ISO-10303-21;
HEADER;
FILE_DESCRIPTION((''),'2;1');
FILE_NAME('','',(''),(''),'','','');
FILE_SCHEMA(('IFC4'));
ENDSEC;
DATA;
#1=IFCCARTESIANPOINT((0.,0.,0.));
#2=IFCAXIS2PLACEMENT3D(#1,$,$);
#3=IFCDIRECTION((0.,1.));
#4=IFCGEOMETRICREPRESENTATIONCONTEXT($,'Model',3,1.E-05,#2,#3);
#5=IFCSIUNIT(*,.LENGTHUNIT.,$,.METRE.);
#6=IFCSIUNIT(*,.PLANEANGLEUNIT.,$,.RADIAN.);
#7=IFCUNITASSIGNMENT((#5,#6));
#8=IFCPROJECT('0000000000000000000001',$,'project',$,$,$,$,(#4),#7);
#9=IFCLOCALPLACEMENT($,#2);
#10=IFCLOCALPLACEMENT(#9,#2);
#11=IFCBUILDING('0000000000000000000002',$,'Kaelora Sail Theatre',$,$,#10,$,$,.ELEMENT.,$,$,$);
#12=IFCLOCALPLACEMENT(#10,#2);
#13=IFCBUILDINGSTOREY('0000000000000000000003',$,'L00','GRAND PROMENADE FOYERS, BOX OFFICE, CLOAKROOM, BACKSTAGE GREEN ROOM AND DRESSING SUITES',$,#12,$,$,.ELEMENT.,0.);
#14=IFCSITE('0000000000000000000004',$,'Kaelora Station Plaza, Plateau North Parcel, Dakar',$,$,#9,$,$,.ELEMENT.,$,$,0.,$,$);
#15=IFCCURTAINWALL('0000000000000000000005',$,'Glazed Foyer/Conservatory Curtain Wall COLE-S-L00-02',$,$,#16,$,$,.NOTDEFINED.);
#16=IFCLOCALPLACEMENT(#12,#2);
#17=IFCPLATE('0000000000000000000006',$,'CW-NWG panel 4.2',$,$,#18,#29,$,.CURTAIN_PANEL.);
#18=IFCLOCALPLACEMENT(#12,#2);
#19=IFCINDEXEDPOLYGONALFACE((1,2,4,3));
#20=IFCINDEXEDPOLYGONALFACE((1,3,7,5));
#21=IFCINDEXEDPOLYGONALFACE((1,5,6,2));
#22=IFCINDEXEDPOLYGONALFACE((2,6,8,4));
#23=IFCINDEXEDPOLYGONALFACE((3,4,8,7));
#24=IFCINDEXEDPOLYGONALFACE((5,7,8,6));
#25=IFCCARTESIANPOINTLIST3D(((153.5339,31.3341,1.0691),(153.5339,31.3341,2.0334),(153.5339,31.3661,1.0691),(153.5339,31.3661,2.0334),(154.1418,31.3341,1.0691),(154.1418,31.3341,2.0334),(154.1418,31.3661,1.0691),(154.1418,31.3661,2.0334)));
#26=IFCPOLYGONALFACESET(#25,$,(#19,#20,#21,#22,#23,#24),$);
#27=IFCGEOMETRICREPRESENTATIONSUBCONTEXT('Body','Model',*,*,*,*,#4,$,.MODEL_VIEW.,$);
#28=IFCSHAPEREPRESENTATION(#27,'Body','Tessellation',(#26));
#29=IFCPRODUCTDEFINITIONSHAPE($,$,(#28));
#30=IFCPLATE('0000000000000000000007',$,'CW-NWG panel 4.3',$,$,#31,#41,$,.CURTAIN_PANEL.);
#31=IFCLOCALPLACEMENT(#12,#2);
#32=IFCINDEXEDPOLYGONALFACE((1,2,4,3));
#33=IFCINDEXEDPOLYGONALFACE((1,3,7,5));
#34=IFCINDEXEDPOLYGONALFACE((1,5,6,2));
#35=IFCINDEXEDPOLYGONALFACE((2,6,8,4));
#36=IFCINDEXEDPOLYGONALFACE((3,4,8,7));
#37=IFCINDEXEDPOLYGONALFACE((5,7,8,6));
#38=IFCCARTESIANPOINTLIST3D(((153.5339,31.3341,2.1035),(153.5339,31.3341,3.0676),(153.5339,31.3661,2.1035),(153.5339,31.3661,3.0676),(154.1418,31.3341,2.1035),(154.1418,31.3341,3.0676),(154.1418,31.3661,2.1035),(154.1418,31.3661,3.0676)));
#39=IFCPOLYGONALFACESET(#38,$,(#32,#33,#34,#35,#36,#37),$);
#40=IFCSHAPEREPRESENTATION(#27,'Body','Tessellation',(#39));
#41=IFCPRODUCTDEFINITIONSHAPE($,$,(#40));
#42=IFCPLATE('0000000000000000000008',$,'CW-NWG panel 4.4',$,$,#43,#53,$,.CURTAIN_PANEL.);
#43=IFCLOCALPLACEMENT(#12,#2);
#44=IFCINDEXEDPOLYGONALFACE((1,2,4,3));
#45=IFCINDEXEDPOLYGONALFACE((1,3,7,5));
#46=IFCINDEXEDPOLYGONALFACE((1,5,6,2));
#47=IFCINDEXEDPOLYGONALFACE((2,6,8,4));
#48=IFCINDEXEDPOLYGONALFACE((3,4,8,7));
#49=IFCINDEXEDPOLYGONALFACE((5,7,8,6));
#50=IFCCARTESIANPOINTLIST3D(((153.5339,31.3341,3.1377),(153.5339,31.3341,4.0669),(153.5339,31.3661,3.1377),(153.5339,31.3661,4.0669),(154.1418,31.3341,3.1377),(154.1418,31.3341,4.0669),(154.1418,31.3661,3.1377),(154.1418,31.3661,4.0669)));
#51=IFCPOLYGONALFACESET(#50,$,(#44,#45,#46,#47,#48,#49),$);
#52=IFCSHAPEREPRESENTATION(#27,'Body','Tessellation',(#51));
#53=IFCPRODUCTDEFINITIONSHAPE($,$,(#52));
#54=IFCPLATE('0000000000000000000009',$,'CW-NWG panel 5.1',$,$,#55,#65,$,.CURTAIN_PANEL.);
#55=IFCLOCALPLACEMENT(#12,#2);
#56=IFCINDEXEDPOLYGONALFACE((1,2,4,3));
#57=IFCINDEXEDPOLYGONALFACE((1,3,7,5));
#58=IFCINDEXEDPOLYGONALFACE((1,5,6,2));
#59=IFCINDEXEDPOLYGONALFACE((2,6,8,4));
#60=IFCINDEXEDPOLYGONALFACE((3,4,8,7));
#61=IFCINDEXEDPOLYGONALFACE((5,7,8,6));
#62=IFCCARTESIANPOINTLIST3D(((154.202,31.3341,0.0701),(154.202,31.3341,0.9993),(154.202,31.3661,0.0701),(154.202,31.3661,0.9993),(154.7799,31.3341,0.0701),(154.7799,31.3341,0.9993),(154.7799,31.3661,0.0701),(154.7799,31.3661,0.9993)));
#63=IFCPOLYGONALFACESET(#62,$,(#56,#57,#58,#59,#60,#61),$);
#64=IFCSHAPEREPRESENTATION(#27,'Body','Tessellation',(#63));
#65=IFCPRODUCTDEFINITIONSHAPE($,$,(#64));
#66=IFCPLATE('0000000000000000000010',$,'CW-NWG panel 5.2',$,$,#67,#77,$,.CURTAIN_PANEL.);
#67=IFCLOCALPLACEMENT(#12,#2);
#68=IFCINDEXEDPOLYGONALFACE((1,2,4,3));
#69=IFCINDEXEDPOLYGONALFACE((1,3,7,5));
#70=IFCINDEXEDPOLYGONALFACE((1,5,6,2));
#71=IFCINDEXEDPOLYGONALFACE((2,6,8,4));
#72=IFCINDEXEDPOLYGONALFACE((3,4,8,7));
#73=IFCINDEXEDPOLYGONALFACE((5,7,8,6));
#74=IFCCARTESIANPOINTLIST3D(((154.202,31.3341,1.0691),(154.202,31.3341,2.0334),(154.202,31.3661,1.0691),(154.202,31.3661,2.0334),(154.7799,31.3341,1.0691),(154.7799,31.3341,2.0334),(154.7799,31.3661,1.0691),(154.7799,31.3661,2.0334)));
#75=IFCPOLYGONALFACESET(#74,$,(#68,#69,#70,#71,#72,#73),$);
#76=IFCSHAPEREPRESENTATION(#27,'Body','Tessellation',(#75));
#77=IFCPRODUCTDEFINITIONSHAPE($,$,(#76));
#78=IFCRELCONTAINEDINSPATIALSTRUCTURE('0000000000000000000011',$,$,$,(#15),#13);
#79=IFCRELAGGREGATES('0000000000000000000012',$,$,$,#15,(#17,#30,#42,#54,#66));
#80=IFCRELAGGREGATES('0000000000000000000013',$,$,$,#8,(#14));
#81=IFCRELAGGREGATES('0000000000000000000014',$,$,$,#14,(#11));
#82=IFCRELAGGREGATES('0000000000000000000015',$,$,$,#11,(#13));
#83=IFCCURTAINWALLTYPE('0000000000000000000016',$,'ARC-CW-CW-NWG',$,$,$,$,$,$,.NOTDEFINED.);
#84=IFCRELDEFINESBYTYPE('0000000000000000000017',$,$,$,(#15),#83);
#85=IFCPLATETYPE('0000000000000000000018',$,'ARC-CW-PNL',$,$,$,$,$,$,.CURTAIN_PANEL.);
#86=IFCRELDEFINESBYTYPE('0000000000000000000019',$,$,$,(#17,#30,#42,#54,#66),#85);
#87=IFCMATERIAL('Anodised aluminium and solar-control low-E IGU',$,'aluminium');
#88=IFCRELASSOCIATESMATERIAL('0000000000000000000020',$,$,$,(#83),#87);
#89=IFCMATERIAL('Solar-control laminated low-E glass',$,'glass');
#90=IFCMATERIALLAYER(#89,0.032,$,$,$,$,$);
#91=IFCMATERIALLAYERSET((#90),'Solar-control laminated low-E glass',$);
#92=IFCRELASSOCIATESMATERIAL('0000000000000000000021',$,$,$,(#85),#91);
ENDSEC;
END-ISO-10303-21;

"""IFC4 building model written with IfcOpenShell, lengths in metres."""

from ifc_helpers import new_model, si_unit, direction, frame, origin, origin_2d, place, context, subcontext, project, spatial, rectangle, extrude, material, layer, layer_set, type_object, element, aggregate, save


model = new_model("IFC4")

# Units and contexts
model_context = context("Model", 3, precision=1e-05, world=origin(), true_north=direction((0.0, 1.0)))
body_context = subcontext(model_context, "Body", "Model", "MODEL_VIEW")
ifc_project = project(units=[si_unit("LENGTHUNIT", "METRE"), si_unit("PLANEANGLEUNIT", "RADIAN")], contexts=[model_context])

# Site, building, storey
site_placement = place(None, origin())
site = spatial("IfcSite", under=ifc_project, at=site_placement, Name="Kaelora Station Plaza, Plateau North Parcel, Dakar", CompositionType="ELEMENT", RefElevation=0.0)
building_placement = place(site_placement, origin())
building = spatial("IfcBuilding", under=site, at=building_placement, Name="Kaelora Sail Theatre", CompositionType="ELEMENT")
storey_placement = place(building_placement, origin())
storey = spatial("IfcBuildingStorey", under=building, at=storey_placement, Name="L00", Description="GRAND PROMENADE FOYERS, BOX OFFICE, CLOAKROOM, BACKSTAGE GREEN ROOM AND DRESSING SUITES", CompositionType="ELEMENT", Elevation=0.0)

# Curtain wall, plates
ifc_material_1 = material(Name="Anodised aluminium and solar-control low-E IGU", Category="aluminium")
curtain_wall_type = type_object("IfcCurtainWallType", Name="ARC-CW-CW-NWG", PredefinedType="NOTDEFINED", material=ifc_material_1)
curtain_wall_placement = place(storey_placement, origin())
curtain_wall = element("IfcCurtainWall", 1, at=curtain_wall_placement, inside=storey, type_object=curtain_wall_type, Name="Glazed Foyer/Conservatory Curtain Wall COLE-S-L00-02", PredefinedType="NOTDEFINED")
ifc_material_2 = material(Name="Solar-control laminated low-E glass", Category="glass")
ifc_layer = layer(ifc_material_2, 0.032)
ifc_layer_set = layer_set([ifc_layer], Name="Solar-control laminated low-E glass")
plate_type = type_object("IfcPlateType", Name="ARC-CW-PNL", PredefinedType="CURTAIN_PANEL", material=ifc_layer_set)
plate_1_placement = place(storey_placement, frame((153.8379, 31.3501, 1.0691), z_axis=(0.0, 0.0, 1.0), x_axis=(1.0, 0.0, 0.0)))
plate_1 = element("IfcPlate", 2, at=plate_1_placement, type_object=plate_type, Name="CW-NWG panel 4.2", PredefinedType="CURTAIN_PANEL", context=body_context, shape_type="SweptSolid", body=[
    extrude(rectangle(XDim=0.6079, YDim=0.032, at=origin_2d()), origin(), (0.0, 0.0, 1.0), 0.9644),
])
plate_2_placement = place(storey_placement, frame((153.8379, 31.3501, 2.1035), z_axis=(0.0, 0.0, 1.0), x_axis=(1.0, 0.0, 0.0)))
plate_2 = element("IfcPlate", 3, at=plate_2_placement, type_object=plate_type, Name="CW-NWG panel 4.3", PredefinedType="CURTAIN_PANEL", context=body_context, shape_type="SweptSolid", body=[
    extrude(rectangle(XDim=0.6079, YDim=0.032, at=origin_2d()), origin(), (0.0, 0.0, 1.0), 0.9641),
])
plate_3_placement = place(storey_placement, frame((153.8379, 31.3501, 3.1377), z_axis=(0.0, 0.0, 1.0), x_axis=(1.0, 0.0, 0.0)))
plate_3 = element("IfcPlate", 4, at=plate_3_placement, type_object=plate_type, Name="CW-NWG panel 4.4", PredefinedType="CURTAIN_PANEL", context=body_context, shape_type="SweptSolid", body=[
    extrude(rectangle(XDim=0.6079, YDim=0.032, at=origin_2d()), origin(), (0.0, 0.0, 1.0), 0.9292),
])
plate_4_placement = place(storey_placement, frame((154.491, 31.3501, 0.0701), z_axis=(0.0, 0.0, 1.0), x_axis=(1.0, 0.0, 0.0)))
plate_4 = element("IfcPlate", 5, at=plate_4_placement, type_object=plate_type, Name="CW-NWG panel 5.1", PredefinedType="CURTAIN_PANEL", context=body_context, shape_type="SweptSolid", body=[
    extrude(rectangle(XDim=0.5779, YDim=0.032, at=origin_2d()), origin(), (0.0, 0.0, 1.0), 0.9292),
])
plate_5_placement = place(storey_placement, frame((154.491, 31.3501, 1.0691), z_axis=(0.0, 0.0, 1.0), x_axis=(1.0, 0.0, 0.0)))
plate_5 = element("IfcPlate", 6, at=plate_5_placement, type_object=plate_type, Name="CW-NWG panel 5.2", PredefinedType="CURTAIN_PANEL", context=body_context, shape_type="SweptSolid", body=[
    extrude(rectangle(XDim=0.5779, YDim=0.032, at=origin_2d()), origin(), (0.0, 0.0, 1.0), 0.9644),
])
aggregate(curtain_wall, [plate_1, plate_2, plate_3, plate_4, plate_5])

save(model, "model.ifc")
